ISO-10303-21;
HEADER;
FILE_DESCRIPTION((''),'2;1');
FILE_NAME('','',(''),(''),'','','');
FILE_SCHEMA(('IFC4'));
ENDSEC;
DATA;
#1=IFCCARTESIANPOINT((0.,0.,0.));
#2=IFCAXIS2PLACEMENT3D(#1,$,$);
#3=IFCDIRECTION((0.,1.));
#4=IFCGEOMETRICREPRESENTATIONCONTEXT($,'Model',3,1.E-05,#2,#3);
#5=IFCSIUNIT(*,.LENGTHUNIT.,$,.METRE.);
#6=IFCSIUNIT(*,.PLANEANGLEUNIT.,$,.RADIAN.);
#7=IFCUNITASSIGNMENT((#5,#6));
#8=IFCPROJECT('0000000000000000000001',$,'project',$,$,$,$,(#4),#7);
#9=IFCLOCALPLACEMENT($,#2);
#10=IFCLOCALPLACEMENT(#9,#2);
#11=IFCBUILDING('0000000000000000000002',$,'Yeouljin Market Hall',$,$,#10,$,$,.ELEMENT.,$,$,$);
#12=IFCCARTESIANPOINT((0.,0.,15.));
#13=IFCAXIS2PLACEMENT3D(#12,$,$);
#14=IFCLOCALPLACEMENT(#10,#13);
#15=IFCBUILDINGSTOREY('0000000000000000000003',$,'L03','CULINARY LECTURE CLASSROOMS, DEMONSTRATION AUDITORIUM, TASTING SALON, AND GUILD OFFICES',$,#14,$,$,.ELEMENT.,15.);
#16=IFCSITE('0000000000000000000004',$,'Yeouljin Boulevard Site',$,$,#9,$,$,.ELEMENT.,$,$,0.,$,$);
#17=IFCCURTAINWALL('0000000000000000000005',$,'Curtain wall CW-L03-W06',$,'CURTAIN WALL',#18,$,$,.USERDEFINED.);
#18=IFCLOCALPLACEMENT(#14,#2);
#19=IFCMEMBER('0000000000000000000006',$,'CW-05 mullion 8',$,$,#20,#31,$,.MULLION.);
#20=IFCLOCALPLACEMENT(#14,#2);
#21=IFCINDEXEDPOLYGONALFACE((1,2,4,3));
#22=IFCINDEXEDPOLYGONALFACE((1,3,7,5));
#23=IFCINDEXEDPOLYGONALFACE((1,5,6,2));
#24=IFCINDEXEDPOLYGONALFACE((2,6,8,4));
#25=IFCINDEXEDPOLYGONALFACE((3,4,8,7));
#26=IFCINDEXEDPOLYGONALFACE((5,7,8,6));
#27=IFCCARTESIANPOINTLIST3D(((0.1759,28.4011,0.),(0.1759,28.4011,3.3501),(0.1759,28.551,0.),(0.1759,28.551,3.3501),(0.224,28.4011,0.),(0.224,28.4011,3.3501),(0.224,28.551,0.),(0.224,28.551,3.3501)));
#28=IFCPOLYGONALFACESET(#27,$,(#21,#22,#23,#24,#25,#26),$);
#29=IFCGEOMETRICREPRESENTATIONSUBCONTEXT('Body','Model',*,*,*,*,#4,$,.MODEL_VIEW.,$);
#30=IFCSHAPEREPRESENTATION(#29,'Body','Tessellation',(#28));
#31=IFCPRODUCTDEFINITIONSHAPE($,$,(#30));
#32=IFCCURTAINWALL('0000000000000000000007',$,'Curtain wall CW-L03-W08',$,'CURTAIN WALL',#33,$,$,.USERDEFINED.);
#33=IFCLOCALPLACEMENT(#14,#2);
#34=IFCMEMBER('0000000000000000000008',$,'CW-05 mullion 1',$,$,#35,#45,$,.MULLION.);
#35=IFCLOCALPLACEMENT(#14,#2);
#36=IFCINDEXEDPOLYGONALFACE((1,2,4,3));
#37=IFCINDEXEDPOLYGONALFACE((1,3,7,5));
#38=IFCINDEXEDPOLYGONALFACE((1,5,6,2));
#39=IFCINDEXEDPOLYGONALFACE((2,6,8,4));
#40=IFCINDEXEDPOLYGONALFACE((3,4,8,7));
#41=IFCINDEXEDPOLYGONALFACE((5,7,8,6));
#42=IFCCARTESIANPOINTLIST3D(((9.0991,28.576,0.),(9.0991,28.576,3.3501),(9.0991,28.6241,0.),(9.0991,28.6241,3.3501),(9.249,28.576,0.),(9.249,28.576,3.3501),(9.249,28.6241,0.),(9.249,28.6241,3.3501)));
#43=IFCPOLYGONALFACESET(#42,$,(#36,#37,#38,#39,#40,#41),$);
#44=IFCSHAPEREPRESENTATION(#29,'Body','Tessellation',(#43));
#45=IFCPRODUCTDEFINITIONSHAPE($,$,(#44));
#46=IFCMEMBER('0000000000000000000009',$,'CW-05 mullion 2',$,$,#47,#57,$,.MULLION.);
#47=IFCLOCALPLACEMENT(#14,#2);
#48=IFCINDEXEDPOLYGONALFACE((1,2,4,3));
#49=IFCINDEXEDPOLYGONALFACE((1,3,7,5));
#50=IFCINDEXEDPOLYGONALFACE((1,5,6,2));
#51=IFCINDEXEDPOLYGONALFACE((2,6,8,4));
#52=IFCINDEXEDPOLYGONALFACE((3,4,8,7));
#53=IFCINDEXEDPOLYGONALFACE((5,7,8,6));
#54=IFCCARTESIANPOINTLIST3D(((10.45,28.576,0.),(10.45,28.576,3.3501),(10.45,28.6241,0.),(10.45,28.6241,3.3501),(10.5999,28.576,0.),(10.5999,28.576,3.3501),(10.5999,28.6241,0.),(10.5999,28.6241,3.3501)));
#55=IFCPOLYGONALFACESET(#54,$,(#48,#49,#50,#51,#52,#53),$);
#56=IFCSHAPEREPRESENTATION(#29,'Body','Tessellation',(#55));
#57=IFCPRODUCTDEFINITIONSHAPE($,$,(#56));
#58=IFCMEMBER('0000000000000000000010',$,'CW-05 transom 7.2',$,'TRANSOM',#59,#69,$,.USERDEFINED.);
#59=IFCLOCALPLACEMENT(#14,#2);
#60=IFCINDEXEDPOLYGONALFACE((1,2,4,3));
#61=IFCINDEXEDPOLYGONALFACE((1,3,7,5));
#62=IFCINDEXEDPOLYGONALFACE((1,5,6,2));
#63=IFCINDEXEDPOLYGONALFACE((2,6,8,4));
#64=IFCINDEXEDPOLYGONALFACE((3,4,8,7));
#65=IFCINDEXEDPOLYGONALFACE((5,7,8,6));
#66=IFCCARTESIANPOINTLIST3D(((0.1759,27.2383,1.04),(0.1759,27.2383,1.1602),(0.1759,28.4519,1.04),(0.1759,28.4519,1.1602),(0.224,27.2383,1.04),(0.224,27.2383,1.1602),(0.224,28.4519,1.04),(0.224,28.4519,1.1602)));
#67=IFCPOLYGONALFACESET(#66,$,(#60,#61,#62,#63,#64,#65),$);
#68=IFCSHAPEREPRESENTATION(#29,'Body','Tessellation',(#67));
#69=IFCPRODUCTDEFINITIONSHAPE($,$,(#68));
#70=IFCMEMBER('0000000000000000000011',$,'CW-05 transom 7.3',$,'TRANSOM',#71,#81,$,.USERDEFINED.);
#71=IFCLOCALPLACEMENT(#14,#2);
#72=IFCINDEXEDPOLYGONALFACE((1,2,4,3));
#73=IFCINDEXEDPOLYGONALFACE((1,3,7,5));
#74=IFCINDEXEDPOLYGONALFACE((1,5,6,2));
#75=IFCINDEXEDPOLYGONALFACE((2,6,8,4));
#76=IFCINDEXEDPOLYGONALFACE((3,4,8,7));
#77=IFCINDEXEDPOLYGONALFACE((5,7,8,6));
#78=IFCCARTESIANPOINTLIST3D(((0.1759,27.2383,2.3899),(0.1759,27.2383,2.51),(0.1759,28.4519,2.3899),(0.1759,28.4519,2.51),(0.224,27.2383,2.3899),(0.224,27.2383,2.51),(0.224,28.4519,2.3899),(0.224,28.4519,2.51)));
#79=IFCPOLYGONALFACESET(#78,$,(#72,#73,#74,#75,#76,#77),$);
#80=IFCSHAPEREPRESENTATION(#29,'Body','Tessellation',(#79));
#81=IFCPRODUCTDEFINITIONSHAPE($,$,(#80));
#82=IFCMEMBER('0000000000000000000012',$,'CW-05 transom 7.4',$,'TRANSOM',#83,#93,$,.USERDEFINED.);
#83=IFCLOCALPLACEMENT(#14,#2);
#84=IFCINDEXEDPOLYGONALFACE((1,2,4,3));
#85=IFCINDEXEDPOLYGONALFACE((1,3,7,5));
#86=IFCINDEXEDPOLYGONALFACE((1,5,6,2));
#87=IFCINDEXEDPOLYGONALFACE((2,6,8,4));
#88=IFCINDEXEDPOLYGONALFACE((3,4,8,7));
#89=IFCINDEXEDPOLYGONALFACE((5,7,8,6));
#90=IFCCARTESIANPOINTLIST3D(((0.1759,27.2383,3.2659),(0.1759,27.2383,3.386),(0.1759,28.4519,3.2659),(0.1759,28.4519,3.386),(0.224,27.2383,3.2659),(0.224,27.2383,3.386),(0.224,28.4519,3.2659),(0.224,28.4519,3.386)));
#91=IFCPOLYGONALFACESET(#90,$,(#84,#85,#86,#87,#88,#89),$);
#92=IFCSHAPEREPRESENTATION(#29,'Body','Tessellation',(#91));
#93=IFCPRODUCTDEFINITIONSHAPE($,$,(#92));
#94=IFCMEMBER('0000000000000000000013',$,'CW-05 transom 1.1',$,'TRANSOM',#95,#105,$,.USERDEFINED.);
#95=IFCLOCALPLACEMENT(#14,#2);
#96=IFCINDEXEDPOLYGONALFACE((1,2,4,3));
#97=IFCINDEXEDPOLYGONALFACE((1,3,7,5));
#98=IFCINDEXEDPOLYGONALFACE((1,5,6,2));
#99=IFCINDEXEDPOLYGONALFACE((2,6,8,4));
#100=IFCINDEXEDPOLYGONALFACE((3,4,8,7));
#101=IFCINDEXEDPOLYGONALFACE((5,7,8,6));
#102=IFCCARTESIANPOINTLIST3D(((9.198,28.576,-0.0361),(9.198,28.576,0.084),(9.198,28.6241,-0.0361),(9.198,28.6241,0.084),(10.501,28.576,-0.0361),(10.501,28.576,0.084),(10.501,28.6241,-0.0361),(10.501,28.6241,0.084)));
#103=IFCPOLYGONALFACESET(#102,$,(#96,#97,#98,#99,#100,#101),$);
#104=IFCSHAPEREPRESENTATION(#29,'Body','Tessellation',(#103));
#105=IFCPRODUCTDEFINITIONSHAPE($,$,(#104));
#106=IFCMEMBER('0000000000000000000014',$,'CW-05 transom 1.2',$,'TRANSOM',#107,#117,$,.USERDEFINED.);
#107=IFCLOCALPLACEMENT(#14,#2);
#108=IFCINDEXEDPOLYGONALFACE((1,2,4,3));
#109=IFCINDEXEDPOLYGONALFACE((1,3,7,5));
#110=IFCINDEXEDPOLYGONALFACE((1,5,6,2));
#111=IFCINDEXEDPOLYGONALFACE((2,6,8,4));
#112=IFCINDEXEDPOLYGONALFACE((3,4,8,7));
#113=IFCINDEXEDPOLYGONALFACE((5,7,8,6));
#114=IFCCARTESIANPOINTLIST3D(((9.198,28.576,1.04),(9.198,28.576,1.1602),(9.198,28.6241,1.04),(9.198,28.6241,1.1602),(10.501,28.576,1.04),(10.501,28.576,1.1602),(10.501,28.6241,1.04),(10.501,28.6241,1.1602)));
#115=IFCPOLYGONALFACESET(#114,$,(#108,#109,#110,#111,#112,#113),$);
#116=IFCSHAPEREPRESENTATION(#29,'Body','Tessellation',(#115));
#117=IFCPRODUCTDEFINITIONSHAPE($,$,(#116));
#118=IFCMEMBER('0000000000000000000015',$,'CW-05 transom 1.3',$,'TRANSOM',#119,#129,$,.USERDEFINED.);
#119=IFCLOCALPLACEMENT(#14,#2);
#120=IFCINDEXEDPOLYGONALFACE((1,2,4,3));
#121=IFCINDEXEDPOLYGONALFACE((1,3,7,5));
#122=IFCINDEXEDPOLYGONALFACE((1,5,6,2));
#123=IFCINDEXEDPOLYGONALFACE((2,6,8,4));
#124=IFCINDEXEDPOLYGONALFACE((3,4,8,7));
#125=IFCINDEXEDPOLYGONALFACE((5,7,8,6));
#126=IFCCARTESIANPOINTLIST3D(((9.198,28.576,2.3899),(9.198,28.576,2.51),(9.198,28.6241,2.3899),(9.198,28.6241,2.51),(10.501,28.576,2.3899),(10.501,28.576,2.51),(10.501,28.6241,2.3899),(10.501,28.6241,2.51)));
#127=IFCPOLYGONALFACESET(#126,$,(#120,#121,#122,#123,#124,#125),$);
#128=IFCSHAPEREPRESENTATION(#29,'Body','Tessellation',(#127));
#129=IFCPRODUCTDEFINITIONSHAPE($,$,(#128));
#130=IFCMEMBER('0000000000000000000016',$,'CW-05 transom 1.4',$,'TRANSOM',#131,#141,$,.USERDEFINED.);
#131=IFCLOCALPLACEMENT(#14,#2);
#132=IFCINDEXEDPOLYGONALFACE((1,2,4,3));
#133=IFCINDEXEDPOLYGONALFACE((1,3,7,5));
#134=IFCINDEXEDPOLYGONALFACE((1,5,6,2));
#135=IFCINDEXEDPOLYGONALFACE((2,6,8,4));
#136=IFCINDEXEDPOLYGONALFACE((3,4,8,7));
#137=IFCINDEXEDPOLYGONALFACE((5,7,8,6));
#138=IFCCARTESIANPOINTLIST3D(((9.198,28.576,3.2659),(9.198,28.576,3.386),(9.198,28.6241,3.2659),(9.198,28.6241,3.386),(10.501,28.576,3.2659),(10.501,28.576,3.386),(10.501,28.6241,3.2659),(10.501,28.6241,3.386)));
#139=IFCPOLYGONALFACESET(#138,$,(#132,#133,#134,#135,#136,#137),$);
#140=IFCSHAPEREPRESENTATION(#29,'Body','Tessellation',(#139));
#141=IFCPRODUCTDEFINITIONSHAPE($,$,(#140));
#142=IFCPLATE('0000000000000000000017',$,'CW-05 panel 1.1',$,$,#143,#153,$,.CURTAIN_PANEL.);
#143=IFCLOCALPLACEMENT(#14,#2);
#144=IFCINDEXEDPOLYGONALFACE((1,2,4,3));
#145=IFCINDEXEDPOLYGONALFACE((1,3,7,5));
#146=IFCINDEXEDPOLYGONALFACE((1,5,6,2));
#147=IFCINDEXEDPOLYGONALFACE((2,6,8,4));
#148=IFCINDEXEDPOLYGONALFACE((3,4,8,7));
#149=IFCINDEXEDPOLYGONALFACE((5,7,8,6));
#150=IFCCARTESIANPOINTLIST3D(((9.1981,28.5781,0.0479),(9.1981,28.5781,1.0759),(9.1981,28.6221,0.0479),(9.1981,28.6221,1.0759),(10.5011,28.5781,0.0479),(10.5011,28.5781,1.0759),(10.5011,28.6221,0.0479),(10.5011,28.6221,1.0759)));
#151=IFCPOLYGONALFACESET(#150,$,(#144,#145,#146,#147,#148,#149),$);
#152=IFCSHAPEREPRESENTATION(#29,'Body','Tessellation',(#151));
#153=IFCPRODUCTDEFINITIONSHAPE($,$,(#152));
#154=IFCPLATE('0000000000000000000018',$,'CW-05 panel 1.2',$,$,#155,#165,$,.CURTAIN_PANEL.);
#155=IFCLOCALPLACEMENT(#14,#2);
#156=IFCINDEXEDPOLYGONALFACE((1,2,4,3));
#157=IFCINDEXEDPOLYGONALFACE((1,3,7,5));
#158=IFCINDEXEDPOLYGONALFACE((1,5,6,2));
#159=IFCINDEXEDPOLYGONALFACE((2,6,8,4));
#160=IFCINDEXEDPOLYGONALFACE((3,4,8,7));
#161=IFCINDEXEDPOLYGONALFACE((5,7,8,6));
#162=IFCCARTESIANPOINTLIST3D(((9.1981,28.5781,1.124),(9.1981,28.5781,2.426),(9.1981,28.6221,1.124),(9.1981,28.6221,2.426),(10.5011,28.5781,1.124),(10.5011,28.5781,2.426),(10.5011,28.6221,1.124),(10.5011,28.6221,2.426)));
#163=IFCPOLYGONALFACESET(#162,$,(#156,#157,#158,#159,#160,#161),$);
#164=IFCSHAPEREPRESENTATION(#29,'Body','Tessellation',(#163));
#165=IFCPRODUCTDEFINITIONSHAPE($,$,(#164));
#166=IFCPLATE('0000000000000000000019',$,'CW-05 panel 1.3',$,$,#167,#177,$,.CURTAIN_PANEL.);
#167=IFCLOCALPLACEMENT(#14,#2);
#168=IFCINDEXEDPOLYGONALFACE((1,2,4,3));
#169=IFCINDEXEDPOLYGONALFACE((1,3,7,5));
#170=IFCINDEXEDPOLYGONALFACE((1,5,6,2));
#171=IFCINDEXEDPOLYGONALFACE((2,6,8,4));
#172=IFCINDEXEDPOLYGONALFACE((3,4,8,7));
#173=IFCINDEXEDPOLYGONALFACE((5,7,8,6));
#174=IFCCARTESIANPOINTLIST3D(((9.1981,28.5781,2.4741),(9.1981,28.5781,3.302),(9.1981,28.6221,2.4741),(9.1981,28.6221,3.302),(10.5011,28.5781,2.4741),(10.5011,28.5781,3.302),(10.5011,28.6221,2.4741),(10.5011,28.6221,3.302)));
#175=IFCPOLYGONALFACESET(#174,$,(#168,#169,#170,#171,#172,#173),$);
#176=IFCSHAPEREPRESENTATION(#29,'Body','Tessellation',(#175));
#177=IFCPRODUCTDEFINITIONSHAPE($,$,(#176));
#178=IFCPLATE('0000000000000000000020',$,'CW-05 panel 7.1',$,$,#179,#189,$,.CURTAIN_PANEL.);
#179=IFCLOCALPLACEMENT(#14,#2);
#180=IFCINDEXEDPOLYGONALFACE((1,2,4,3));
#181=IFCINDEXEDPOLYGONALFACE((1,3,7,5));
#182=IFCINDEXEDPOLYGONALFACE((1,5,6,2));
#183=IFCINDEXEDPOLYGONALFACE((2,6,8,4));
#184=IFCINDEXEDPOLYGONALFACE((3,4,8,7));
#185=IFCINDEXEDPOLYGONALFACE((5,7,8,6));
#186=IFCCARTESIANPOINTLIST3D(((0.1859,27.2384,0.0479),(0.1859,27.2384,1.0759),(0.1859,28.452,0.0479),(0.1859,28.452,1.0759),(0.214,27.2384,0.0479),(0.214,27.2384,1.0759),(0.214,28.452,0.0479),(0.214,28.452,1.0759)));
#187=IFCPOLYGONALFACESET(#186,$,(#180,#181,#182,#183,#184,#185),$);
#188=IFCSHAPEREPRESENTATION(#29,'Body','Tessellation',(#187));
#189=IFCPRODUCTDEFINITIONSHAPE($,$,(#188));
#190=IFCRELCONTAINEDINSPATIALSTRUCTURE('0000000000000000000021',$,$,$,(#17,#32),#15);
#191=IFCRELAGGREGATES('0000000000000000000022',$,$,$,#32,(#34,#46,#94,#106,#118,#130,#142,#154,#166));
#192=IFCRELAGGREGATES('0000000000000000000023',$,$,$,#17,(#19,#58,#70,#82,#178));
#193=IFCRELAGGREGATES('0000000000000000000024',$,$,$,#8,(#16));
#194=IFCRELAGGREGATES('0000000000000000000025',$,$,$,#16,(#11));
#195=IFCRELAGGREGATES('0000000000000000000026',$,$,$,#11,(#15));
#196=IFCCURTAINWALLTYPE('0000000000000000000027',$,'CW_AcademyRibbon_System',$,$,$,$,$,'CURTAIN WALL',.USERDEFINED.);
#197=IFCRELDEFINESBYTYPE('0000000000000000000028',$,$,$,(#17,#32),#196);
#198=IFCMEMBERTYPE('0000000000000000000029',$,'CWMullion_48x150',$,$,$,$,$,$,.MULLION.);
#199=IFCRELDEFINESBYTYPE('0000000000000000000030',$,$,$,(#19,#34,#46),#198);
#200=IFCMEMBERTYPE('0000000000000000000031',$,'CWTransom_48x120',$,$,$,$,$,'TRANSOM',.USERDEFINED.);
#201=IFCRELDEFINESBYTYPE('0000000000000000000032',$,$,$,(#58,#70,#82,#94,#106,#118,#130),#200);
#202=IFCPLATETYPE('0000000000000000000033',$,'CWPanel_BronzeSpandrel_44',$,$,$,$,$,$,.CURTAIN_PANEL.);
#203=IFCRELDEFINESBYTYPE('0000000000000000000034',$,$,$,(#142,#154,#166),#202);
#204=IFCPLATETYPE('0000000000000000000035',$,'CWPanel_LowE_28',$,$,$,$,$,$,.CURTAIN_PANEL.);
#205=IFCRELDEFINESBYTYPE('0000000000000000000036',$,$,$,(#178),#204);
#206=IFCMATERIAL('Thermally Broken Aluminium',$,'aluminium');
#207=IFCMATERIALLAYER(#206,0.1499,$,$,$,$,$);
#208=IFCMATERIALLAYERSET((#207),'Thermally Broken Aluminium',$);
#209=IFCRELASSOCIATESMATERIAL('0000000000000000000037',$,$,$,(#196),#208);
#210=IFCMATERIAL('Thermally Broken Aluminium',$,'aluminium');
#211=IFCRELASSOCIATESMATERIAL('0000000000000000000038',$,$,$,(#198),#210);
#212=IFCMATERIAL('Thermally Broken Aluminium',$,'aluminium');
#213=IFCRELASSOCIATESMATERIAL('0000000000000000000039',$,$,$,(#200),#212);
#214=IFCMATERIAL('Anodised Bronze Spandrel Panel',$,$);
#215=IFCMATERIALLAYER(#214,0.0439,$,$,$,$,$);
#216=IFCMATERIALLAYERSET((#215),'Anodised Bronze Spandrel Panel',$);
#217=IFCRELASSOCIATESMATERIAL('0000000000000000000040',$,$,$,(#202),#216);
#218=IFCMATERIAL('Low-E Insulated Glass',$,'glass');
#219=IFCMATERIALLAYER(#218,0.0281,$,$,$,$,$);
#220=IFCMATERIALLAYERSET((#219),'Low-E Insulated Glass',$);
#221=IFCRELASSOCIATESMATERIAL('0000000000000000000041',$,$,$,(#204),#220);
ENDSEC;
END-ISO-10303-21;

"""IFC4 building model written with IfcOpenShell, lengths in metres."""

from ifc_helpers import new_model, si_unit, direction, frame, origin, origin_2d, place, context, subcontext, project, spatial, rectangle, extrude, material, layer, layer_set, material_profile, profile_set, type_object, element, aggregate, save


model = new_model("IFC4")

# Units and contexts
model_context = context("Model", 3, precision=1e-05, world=origin(), true_north=direction((0.0, 1.0)))
body_context = subcontext(model_context, "Body", "Model", "MODEL_VIEW")
ifc_project = project(units=[si_unit("LENGTHUNIT", "METRE"), si_unit("PLANEANGLEUNIT", "RADIAN")], contexts=[model_context])

# Site, building, storey
site_placement = place(None, origin())
site = spatial("IfcSite", under=ifc_project, at=site_placement, Name="Yeouljin Boulevard Site", CompositionType="ELEMENT", RefElevation=0.0)
building_placement = place(site_placement, origin())
building = spatial("IfcBuilding", under=site, at=building_placement, Name="Yeouljin Market Hall", CompositionType="ELEMENT")
storey_placement = place(building_placement, frame((0.0, 0.0, 15.0)))
storey = spatial("IfcBuildingStorey", under=building, at=storey_placement, Name="L03", Description="CULINARY LECTURE CLASSROOMS, DEMONSTRATION AUDITORIUM, TASTING SALON, AND GUILD OFFICES", CompositionType="ELEMENT", Elevation=15.0)

# Curtain wall, member
ifc_material_1 = material(Name="Thermally Broken Aluminium", Category="aluminium")
ifc_layer_1 = layer(ifc_material_1, 0.1499)
ifc_layer_set_1 = layer_set([ifc_layer_1], Name="Thermally Broken Aluminium")
curtain_wall_type = type_object("IfcCurtainWallType", Name="CW_AcademyRibbon_System", ElementType="CURTAIN WALL", PredefinedType="USERDEFINED", material=ifc_layer_set_1)
curtain_wall_1_placement = place(storey_placement, origin())
curtain_wall_1 = element("IfcCurtainWall", 1, at=curtain_wall_1_placement, inside=storey, type_object=curtain_wall_type, Name="Curtain wall CW-L03-W06", ObjectType="CURTAIN WALL", PredefinedType="USERDEFINED")
ifc_material_2 = material(Name="Thermally Broken Aluminium", Category="aluminium")
ifc_material_profile_1 = material_profile(ifc_material_2, rectangle(XDim=0.0481, YDim=0.1499, at=origin_2d()), Name="CW-MULL-48x150")
ifc_profile_set_1 = profile_set([ifc_material_profile_1], Name="Thermally Broken Aluminium")
member_type_1 = type_object("IfcMemberType", Name="CWMullion_48x150", PredefinedType="MULLION", material=ifc_profile_set_1)
member_1_placement = place(storey_placement, frame((0.2, 28.4761, 0.0), z_axis=(0.0, 0.0, 1.0), x_axis=(-1.0, 0.0, 0.0)))
member_1 = element("IfcMember", 2, at=member_1_placement, type_object=member_type_1, Name="CW-05 mullion 8", PredefinedType="MULLION", context=body_context, shape_type="SweptSolid", body=[
    extrude(rectangle(XDim=0.0481, YDim=0.1499, at=origin_2d()), origin(), (0.0, 0.0, 1.0), 3.3501),
])

# Curtain wall, members
curtain_wall_2_placement = place(storey_placement, origin())
curtain_wall_2 = element("IfcCurtainWall", 3, at=curtain_wall_2_placement, inside=storey, type_object=curtain_wall_type, Name="Curtain wall CW-L03-W08", ObjectType="CURTAIN WALL", PredefinedType="USERDEFINED")
member_2_placement = place(storey_placement, frame((9.1741, 28.6001, 0.0), z_axis=(0.0, 0.0, 1.0), x_axis=(0.0, 1.0, 0.0)))
member_2 = element("IfcMember", 4, at=member_2_placement, type_object=member_type_1, Name="CW-05 mullion 1", PredefinedType="MULLION", context=body_context, shape_type="SweptSolid", body=[
    extrude(rectangle(XDim=0.0481, YDim=0.1499, at=origin_2d()), origin(), (0.0, 0.0, 1.0), 3.3501),
])
member_3_placement = place(storey_placement, frame((10.5249, 28.6001, 0.0), z_axis=(0.0, 0.0, 1.0), x_axis=(0.0, 1.0, 0.0)))
member_3 = element("IfcMember", 5, at=member_3_placement, type_object=member_type_1, Name="CW-05 mullion 2", PredefinedType="MULLION", context=body_context, shape_type="SweptSolid", body=[
    extrude(rectangle(XDim=0.0481, YDim=0.1499, at=origin_2d()), origin(), (0.0, 0.0, 1.0), 3.3501),
])

# Members
ifc_material_3 = material(Name="Thermally Broken Aluminium", Category="aluminium")
ifc_material_profile_2 = material_profile(ifc_material_3, rectangle(XDim=0.0481, YDim=0.1201, at=origin_2d()), Name="CW-TRAN-48x120")
ifc_profile_set_2 = profile_set([ifc_material_profile_2], Name="Thermally Broken Aluminium")
member_type_2 = type_object("IfcMemberType", Name="CWTransom_48x120", ElementType="TRANSOM", PredefinedType="USERDEFINED", material=ifc_profile_set_2)
member_4_placement = place(storey_placement, frame((0.2, 27.2383, 1.1001), z_axis=(0.0, 1.0, 0.0), x_axis=(-1.0, 0.0, 0.0)))
member_4 = element("IfcMember", 6, at=member_4_placement, type_object=member_type_2, Name="CW-05 transom 7.2", ObjectType="TRANSOM", PredefinedType="USERDEFINED", context=body_context, shape_type="SweptSolid", body=[
    extrude(rectangle(XDim=0.0481, YDim=0.1201, at=origin_2d()), origin(), (0.0, 0.0, 1.0), 1.2136),
])
member_5_placement = place(storey_placement, frame((0.2, 27.2383, 2.45), z_axis=(0.0, 1.0, 0.0), x_axis=(-1.0, 0.0, 0.0)))
member_5 = element("IfcMember", 7, at=member_5_placement, type_object=member_type_2, Name="CW-05 transom 7.3", ObjectType="TRANSOM", PredefinedType="USERDEFINED", context=body_context, shape_type="SweptSolid", body=[
    extrude(rectangle(XDim=0.0481, YDim=0.1201, at=origin_2d()), origin(), (0.0, 0.0, 1.0), 1.2136),
])
member_6_placement = place(storey_placement, frame((0.2, 27.2383, 3.3259), z_axis=(0.0, 1.0, 0.0), x_axis=(-1.0, 0.0, 0.0)))
member_6 = element("IfcMember", 8, at=member_6_placement, type_object=member_type_2, Name="CW-05 transom 7.4", ObjectType="TRANSOM", PredefinedType="USERDEFINED", context=body_context, shape_type="SweptSolid", body=[
    extrude(rectangle(XDim=0.0481, YDim=0.1201, at=origin_2d()), origin(), (0.0, 0.0, 1.0), 1.2136),
])
member_7_placement = place(storey_placement, frame((9.198, 28.6001, 0.0239), z_axis=(1.0, 0.0, 0.0), x_axis=(0.0, 1.0, 0.0)))
member_7 = element("IfcMember", 9, at=member_7_placement, type_object=member_type_2, Name="CW-05 transom 1.1", ObjectType="TRANSOM", PredefinedType="USERDEFINED", context=body_context, shape_type="SweptSolid", body=[
    extrude(rectangle(XDim=0.0481, YDim=0.1201, at=origin_2d()), origin(), (0.0, 0.0, 1.0), 1.303),
])
member_8_placement = place(storey_placement, frame((9.198, 28.6001, 1.1001), z_axis=(1.0, 0.0, 0.0), x_axis=(0.0, 1.0, 0.0)))
member_8 = element("IfcMember", 10, at=member_8_placement, type_object=member_type_2, Name="CW-05 transom 1.2", ObjectType="TRANSOM", PredefinedType="USERDEFINED", context=body_context, shape_type="SweptSolid", body=[
    extrude(rectangle(XDim=0.0481, YDim=0.1201, at=origin_2d()), origin(), (0.0, 0.0, 1.0), 1.303),
])
member_9_placement = place(storey_placement, frame((9.198, 28.6001, 2.45), z_axis=(1.0, 0.0, 0.0), x_axis=(0.0, 1.0, 0.0)))
member_9 = element("IfcMember", 11, at=member_9_placement, type_object=member_type_2, Name="CW-05 transom 1.3", ObjectType="TRANSOM", PredefinedType="USERDEFINED", context=body_context, shape_type="SweptSolid", body=[
    extrude(rectangle(XDim=0.0481, YDim=0.1201, at=origin_2d()), origin(), (0.0, 0.0, 1.0), 1.303),
])
member_10_placement = place(storey_placement, frame((9.198, 28.6001, 3.3259), z_axis=(1.0, 0.0, 0.0), x_axis=(0.0, 1.0, 0.0)))
member_10 = element("IfcMember", 12, at=member_10_placement, type_object=member_type_2, Name="CW-05 transom 1.4", ObjectType="TRANSOM", PredefinedType="USERDEFINED", context=body_context, shape_type="SweptSolid", body=[
    extrude(rectangle(XDim=0.0481, YDim=0.1201, at=origin_2d()), origin(), (0.0, 0.0, 1.0), 1.303),
])

# Plates
ifc_material_4 = material(Name="Anodised Bronze Spandrel Panel")
ifc_layer_2 = layer(ifc_material_4, 0.0439)
ifc_layer_set_2 = layer_set([ifc_layer_2], Name="Anodised Bronze Spandrel Panel")
plate_type_1 = type_object("IfcPlateType", Name="CWPanel_BronzeSpandrel_44", PredefinedType="CURTAIN_PANEL", material=ifc_layer_set_2)
plate_1_placement = place(storey_placement, frame((9.8496, 28.6001, 0.0479), z_axis=(0.0, 0.0, 1.0), x_axis=(1.0, 0.0, 0.0)))
plate_1 = element("IfcPlate", 13, at=plate_1_placement, type_object=plate_type_1, Name="CW-05 panel 1.1", PredefinedType="CURTAIN_PANEL", context=body_context, shape_type="SweptSolid", body=[
    extrude(rectangle(XDim=1.303, YDim=0.0439, at=origin_2d()), origin(), (0.0, 0.0, 1.0), 1.0281),
])
plate_2_placement = place(storey_placement, frame((9.8496, 28.6001, 1.124), z_axis=(0.0, 0.0, 1.0), x_axis=(1.0, 0.0, 0.0)))
plate_2 = element("IfcPlate", 14, at=plate_2_placement, type_object=plate_type_1, Name="CW-05 panel 1.2", PredefinedType="CURTAIN_PANEL", context=body_context, shape_type="SweptSolid", body=[
    extrude(rectangle(XDim=1.303, YDim=0.0439, at=origin_2d()), origin(), (0.0, 0.0, 1.0), 1.302),
])
plate_3_placement = place(storey_placement, frame((9.8496, 28.6001, 2.4741), z_axis=(0.0, 0.0, 1.0), x_axis=(1.0, 0.0, 0.0)))
plate_3 = element("IfcPlate", 15, at=plate_3_placement, type_object=plate_type_1, Name="CW-05 panel 1.3", PredefinedType="CURTAIN_PANEL", context=body_context, shape_type="SweptSolid", body=[
    extrude(rectangle(XDim=1.303, YDim=0.0439, at=origin_2d()), origin(), (0.0, 0.0, 1.0), 0.8279),
])
aggregate(curtain_wall_2, [member_2, member_3, member_7, member_8, member_9, member_10, plate_1, plate_2, plate_3])
ifc_material_5 = material(Name="Low-E Insulated Glass", Category="glass")
ifc_layer_3 = layer(ifc_material_5, 0.0281)
ifc_layer_set_3 = layer_set([ifc_layer_3], Name="Low-E Insulated Glass")
plate_type_2 = type_object("IfcPlateType", Name="CWPanel_LowE_28", PredefinedType="CURTAIN_PANEL", material=ifc_layer_set_3)
plate_4_placement = place(storey_placement, frame((0.2, 27.8452, 0.0479), z_axis=(0.0, 0.0, 1.0), x_axis=(0.0, 1.0, 0.0)))
plate_4 = element("IfcPlate", 16, at=plate_4_placement, type_object=plate_type_2, Name="CW-05 panel 7.1", PredefinedType="CURTAIN_PANEL", context=body_context, shape_type="SweptSolid", body=[
    extrude(rectangle(XDim=1.2136, YDim=0.0281, at=origin_2d()), origin(), (0.0, 0.0, 1.0), 1.0281),
])
aggregate(curtain_wall_1, [member_1, member_4, member_5, member_6, plate_4])

save(model, "model.ifc")
